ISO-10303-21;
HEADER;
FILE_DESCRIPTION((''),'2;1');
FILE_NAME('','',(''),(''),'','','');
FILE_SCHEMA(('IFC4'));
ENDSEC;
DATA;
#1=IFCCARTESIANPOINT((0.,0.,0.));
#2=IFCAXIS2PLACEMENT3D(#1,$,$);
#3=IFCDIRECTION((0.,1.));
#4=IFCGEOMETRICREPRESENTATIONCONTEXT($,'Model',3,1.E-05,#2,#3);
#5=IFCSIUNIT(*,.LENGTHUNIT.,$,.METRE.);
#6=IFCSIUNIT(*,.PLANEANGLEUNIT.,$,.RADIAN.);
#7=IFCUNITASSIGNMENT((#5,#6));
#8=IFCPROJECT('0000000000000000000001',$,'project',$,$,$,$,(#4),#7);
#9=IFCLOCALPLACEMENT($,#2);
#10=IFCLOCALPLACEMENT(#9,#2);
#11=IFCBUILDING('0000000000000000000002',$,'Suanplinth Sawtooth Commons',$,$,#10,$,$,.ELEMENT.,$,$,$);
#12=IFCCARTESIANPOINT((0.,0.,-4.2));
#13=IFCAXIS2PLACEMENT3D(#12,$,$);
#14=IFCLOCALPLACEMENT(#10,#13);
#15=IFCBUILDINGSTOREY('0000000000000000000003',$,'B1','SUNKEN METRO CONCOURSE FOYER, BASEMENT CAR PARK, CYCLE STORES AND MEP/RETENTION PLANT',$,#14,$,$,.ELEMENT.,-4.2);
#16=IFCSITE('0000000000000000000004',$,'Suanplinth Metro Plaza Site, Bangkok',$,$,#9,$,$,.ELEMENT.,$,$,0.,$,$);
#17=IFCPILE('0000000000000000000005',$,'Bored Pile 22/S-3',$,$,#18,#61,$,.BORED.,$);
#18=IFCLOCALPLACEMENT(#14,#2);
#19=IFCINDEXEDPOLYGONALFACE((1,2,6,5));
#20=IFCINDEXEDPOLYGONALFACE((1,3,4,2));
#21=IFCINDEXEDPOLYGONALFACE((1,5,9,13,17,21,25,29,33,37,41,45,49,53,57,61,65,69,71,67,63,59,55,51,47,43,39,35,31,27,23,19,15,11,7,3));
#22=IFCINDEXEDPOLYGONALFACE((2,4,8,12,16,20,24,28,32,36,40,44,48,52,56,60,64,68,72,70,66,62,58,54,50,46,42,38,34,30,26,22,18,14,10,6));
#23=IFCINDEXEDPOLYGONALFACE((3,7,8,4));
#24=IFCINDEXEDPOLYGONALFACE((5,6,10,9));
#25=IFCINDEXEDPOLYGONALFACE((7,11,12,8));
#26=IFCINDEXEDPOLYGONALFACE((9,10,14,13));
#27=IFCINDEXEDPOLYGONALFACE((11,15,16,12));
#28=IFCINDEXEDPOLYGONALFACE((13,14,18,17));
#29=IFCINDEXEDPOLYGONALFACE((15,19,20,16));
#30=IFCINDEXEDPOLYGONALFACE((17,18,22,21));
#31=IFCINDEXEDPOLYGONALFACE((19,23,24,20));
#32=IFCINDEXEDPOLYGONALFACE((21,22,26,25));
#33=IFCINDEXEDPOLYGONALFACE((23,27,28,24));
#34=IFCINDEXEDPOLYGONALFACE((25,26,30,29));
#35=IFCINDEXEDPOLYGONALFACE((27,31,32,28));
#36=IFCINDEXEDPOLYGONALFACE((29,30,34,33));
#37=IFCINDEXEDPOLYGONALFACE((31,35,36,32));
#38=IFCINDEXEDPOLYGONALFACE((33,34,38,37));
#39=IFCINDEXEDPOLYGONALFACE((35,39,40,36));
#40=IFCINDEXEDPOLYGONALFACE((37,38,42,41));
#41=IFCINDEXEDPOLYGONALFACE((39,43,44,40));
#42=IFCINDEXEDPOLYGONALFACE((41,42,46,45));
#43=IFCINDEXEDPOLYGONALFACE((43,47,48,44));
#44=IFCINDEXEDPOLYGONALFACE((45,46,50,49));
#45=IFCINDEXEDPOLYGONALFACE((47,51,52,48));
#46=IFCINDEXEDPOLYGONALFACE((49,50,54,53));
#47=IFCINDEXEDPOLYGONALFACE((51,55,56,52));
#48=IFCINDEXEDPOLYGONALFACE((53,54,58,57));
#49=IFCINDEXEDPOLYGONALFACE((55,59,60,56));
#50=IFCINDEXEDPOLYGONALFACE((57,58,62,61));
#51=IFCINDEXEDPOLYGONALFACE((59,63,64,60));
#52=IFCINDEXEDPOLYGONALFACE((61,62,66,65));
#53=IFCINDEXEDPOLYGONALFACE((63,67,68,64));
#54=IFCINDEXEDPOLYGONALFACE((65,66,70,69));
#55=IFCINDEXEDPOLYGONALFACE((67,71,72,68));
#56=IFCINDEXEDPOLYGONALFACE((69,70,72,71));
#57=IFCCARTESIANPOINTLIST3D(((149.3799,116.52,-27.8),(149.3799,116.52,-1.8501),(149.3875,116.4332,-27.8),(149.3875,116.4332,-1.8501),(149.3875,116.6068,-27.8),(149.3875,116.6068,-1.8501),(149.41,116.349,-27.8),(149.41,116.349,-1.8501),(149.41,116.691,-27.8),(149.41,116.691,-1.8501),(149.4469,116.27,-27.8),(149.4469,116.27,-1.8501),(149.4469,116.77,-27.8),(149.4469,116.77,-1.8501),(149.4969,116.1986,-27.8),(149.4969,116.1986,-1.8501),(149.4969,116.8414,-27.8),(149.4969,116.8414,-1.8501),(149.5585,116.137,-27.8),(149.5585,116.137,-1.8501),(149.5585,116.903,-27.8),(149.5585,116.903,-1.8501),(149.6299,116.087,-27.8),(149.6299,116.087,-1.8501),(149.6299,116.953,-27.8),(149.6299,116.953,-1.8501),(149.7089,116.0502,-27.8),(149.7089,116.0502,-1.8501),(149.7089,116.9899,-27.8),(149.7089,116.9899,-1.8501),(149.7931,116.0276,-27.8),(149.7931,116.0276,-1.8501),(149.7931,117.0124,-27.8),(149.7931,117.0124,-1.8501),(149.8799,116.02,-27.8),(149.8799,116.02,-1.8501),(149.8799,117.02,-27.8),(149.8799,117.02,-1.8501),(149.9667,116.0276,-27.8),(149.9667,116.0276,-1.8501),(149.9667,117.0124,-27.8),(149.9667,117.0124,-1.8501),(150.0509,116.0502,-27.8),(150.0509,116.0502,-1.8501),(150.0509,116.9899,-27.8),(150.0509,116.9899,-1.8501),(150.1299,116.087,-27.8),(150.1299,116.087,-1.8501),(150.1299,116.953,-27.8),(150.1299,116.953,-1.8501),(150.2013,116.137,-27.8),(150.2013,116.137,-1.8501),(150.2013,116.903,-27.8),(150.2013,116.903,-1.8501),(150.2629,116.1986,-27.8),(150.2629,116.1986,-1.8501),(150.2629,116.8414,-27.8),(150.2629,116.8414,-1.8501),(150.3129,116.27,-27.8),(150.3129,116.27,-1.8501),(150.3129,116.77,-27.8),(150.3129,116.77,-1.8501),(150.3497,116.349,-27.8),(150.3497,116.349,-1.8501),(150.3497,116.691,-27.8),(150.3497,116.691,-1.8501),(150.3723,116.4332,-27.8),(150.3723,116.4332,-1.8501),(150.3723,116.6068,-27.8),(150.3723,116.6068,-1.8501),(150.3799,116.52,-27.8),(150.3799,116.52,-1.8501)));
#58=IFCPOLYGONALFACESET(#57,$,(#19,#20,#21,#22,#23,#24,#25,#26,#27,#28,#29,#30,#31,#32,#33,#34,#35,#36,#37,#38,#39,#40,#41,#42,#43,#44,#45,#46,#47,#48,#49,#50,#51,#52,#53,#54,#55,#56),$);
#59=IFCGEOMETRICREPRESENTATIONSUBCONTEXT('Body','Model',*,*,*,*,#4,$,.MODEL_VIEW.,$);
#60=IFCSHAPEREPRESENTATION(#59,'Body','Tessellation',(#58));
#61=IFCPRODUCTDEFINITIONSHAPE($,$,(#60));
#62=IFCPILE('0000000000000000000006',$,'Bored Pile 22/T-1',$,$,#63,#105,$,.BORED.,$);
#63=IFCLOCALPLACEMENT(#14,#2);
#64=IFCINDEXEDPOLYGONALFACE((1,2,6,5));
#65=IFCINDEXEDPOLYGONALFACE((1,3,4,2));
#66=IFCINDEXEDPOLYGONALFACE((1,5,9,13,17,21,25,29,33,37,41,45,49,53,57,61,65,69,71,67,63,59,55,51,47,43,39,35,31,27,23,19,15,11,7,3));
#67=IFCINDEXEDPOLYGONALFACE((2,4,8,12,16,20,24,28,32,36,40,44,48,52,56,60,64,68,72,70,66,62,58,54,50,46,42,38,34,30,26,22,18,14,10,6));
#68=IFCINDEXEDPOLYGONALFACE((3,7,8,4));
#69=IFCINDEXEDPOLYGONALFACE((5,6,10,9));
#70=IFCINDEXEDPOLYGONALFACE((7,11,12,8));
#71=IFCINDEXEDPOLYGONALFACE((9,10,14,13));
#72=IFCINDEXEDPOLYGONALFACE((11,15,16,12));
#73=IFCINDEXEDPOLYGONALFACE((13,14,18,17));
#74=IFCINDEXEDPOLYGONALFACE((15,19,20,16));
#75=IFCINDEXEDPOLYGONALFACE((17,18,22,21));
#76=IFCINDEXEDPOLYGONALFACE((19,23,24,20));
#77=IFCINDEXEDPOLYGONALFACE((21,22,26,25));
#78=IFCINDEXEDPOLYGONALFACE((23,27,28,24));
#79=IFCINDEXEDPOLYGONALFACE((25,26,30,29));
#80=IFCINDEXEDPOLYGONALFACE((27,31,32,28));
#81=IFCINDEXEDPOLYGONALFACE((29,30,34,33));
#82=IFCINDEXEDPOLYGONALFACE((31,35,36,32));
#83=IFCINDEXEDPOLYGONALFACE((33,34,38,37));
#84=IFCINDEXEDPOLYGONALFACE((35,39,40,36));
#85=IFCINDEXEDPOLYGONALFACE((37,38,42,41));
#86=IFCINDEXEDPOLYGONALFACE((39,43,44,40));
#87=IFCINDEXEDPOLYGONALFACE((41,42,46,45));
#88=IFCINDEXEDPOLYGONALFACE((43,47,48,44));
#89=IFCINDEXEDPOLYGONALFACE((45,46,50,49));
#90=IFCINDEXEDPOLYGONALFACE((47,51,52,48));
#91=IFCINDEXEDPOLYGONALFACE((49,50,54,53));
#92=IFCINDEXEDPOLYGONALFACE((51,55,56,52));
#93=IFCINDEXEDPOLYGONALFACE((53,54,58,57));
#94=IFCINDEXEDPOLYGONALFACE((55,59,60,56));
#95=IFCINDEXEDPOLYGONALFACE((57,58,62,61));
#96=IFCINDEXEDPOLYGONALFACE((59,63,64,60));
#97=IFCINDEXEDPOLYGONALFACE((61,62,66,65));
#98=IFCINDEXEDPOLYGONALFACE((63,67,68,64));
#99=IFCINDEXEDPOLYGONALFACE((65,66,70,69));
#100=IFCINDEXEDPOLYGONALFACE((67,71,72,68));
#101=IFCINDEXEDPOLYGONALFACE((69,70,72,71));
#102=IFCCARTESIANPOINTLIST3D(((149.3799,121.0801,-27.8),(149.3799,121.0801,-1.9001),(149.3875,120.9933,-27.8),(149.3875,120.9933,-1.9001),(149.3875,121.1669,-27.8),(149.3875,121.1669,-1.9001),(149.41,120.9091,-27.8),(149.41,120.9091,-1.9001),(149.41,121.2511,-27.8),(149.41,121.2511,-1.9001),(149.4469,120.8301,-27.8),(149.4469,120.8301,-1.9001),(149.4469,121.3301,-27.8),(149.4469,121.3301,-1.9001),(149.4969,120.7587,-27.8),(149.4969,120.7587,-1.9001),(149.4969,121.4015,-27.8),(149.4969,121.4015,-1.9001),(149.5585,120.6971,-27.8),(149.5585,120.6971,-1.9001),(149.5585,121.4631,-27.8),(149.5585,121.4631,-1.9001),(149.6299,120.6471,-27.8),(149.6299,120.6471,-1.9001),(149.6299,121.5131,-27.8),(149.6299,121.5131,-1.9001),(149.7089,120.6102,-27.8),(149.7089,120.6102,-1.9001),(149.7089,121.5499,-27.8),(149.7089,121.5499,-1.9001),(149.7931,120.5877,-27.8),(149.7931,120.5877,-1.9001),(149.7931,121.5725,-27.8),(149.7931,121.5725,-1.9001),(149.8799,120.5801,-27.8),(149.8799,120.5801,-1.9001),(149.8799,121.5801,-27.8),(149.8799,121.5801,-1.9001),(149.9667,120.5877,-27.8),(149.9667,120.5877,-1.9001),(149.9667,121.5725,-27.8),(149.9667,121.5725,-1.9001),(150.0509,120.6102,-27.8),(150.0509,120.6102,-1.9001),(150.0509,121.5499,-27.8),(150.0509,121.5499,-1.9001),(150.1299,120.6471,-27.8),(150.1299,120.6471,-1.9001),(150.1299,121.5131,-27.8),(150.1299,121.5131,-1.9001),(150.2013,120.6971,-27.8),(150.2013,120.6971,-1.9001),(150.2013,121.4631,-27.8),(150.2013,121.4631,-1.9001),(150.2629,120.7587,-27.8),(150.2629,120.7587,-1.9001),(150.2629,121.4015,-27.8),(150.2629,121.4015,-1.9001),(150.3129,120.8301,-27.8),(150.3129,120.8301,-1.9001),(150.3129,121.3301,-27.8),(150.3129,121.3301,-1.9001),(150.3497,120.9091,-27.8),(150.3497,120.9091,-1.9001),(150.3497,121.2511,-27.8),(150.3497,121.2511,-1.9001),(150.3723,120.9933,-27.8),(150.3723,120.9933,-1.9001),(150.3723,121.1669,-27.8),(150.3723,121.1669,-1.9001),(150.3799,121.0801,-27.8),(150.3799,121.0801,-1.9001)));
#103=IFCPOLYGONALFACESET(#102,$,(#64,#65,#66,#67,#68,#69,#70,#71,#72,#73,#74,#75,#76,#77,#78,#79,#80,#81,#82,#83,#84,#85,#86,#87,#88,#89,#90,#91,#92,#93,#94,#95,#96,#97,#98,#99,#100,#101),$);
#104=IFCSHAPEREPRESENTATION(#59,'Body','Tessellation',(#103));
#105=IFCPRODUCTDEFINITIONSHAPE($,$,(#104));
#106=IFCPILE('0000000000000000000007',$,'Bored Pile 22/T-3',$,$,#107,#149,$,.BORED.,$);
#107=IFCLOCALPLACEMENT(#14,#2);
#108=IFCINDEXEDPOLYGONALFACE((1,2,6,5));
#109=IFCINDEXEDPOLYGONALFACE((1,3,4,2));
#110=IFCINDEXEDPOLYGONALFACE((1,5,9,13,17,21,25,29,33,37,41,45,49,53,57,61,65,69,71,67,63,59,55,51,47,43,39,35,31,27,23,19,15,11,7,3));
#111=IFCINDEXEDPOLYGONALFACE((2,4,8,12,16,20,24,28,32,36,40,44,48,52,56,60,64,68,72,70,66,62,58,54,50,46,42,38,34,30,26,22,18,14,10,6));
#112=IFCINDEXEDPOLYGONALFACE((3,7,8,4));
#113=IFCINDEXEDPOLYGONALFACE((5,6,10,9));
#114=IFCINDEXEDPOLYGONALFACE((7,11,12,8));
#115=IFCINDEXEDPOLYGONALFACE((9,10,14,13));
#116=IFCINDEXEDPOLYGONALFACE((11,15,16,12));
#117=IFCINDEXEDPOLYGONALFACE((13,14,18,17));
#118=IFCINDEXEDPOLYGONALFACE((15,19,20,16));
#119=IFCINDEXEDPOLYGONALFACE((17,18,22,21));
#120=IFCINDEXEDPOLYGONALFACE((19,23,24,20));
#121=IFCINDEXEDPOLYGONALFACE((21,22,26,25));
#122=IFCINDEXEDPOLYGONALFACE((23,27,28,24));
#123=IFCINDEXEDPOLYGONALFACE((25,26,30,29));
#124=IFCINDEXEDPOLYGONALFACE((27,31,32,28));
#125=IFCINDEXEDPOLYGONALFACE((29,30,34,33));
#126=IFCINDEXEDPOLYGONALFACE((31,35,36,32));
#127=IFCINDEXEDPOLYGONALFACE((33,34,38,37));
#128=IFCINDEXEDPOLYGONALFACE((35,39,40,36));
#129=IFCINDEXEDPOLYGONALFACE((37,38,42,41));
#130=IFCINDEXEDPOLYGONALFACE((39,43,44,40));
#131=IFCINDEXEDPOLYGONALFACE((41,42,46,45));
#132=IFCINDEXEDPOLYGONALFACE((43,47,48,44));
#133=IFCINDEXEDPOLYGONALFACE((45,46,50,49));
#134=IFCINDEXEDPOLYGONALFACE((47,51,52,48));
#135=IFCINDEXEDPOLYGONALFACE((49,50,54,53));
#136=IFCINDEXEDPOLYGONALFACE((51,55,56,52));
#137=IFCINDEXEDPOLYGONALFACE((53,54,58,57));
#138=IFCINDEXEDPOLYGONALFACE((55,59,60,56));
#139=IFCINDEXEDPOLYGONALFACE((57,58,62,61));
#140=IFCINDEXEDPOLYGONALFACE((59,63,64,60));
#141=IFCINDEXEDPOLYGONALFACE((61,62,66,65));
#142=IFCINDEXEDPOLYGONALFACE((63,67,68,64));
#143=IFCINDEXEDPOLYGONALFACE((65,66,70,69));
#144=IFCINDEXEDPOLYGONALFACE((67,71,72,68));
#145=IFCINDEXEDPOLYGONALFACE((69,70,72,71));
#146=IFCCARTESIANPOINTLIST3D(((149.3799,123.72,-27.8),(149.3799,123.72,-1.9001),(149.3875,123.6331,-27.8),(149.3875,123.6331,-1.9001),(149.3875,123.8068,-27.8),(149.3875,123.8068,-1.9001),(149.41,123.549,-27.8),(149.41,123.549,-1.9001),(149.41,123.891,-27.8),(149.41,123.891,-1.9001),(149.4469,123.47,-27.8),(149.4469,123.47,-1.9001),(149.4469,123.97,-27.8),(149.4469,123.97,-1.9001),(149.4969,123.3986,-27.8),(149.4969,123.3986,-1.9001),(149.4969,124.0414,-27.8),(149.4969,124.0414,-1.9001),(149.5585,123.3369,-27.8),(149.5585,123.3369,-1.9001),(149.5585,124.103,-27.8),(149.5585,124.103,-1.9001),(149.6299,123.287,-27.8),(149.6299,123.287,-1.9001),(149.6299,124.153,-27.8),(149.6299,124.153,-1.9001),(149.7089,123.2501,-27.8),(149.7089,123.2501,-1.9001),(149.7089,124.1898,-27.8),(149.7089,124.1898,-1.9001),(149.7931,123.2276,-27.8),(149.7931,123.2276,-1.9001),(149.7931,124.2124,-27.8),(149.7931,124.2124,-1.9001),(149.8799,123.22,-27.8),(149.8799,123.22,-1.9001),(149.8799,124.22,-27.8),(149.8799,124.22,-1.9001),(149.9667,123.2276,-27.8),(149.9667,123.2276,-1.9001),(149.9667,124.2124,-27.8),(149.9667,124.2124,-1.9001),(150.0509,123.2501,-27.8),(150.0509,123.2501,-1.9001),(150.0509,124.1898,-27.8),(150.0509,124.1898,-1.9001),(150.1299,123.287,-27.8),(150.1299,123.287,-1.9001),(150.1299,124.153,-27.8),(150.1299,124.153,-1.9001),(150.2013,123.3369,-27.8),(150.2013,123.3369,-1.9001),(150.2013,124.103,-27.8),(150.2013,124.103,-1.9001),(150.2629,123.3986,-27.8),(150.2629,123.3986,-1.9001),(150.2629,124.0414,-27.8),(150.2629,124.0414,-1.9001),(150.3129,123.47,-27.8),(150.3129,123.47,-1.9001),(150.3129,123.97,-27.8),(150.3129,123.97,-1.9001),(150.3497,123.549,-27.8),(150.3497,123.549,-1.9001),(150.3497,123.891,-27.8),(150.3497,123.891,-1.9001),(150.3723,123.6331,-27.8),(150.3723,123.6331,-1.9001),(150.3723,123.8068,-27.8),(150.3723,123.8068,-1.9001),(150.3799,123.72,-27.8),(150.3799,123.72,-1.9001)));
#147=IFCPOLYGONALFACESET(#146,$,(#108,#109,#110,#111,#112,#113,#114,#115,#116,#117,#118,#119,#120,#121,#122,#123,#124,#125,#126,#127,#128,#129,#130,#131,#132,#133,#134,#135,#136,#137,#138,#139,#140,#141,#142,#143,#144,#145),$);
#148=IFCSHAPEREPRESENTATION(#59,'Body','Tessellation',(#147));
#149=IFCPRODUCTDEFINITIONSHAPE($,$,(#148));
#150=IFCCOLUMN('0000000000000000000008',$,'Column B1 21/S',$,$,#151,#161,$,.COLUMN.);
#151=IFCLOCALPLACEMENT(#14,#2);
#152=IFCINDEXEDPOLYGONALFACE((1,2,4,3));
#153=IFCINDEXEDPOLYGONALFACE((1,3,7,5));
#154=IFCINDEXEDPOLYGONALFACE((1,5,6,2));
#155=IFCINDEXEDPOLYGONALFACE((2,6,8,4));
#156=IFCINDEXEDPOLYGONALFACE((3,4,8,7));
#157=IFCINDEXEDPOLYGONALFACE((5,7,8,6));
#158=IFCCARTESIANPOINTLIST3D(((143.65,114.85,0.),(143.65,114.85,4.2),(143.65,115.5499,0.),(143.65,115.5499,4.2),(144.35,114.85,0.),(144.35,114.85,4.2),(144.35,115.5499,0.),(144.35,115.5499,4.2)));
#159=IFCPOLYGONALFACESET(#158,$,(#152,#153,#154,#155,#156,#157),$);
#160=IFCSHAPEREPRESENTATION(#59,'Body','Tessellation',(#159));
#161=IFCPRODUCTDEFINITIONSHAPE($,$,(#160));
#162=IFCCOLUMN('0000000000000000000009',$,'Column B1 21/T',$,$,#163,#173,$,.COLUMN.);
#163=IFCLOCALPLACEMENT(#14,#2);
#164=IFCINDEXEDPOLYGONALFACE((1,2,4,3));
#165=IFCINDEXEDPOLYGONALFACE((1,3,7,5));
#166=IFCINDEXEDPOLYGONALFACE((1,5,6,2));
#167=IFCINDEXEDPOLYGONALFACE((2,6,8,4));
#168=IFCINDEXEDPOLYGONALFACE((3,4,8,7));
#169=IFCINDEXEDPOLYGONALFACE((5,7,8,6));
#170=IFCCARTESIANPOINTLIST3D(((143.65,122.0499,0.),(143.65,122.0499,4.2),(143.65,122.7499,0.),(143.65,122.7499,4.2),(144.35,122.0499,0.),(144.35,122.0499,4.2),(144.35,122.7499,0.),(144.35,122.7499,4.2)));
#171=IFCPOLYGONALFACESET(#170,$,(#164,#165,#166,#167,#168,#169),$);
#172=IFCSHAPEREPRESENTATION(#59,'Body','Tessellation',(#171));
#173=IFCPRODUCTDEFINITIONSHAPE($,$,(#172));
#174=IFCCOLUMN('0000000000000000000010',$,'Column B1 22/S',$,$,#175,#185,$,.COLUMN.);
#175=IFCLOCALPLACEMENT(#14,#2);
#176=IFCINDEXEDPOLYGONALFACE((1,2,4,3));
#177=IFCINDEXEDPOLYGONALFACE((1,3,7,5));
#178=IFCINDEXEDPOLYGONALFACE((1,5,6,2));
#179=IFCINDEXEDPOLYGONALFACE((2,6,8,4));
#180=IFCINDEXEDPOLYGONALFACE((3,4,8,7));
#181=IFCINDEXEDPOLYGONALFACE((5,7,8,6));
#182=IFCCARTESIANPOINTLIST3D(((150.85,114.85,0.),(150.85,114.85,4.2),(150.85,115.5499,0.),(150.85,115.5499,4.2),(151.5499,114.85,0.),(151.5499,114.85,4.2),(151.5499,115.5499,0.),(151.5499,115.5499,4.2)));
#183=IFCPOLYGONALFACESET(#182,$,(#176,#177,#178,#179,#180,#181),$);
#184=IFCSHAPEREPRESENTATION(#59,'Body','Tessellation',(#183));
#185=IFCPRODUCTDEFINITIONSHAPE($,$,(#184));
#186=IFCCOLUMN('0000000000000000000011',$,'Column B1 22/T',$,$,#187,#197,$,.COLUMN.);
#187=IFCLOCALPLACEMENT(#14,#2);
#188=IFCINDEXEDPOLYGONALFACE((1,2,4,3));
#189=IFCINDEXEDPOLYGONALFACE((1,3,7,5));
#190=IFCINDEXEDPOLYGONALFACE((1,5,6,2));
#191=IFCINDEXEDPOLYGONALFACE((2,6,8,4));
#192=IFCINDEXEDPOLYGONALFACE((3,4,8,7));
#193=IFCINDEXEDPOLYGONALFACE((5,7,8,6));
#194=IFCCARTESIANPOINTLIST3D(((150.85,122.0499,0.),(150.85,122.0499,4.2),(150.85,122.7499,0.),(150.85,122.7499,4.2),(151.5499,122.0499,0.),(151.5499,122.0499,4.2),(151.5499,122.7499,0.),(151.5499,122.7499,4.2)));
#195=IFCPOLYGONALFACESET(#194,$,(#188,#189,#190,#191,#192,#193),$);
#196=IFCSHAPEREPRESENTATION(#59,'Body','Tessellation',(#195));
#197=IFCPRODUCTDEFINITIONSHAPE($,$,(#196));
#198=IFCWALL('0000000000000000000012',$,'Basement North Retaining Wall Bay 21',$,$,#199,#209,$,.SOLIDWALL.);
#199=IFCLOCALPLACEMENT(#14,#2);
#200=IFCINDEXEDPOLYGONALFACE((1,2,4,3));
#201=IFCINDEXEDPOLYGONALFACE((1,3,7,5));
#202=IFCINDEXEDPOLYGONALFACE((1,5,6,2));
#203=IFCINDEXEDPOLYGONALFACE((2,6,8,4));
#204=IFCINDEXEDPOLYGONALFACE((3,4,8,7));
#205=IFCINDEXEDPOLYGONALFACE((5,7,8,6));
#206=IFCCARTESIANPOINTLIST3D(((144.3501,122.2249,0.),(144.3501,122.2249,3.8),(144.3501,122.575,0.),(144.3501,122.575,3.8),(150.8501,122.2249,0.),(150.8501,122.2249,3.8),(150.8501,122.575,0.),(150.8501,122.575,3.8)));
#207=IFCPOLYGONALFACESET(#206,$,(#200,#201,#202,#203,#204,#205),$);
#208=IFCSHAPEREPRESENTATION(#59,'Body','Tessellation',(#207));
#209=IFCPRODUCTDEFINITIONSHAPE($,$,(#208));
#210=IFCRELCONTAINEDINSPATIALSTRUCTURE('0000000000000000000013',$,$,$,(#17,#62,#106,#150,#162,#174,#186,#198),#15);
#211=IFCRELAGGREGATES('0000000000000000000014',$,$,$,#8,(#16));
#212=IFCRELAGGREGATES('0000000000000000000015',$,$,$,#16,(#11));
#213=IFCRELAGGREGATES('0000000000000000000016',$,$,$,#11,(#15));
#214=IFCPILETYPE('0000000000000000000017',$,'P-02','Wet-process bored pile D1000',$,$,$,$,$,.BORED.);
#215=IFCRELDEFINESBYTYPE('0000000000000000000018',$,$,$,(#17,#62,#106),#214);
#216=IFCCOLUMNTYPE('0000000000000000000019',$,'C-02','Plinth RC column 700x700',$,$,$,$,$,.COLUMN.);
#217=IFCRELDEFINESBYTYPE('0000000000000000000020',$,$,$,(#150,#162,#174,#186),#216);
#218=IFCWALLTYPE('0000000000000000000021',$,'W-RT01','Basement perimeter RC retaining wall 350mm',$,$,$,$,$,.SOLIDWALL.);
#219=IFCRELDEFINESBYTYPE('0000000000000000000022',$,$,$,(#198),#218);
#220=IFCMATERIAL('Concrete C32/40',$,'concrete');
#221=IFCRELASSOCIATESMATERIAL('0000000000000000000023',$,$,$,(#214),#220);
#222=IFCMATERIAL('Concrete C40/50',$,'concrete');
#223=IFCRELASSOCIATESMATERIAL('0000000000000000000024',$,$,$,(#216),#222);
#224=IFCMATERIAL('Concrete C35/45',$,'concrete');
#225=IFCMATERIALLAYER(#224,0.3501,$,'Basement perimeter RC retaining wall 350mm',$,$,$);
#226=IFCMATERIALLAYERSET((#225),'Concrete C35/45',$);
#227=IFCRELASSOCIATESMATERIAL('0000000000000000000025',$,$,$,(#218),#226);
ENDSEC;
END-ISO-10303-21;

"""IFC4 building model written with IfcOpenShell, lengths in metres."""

from ifc_helpers import new_model, si_unit, direction, frame, frame_2d, origin, origin_2d, place, context, subcontext, project, spatial, rectangle, circle, extrude, material, layer, layer_set, material_profile, profile_set, type_object, element, save


model = new_model("IFC4")

# Units and contexts
model_context = context("Model", 3, precision=1e-05, world=origin(), true_north=direction((0.0, 1.0)))
body_context = subcontext(model_context, "Body", "Model", "MODEL_VIEW")
ifc_project = project(units=[si_unit("LENGTHUNIT", "METRE"), si_unit("PLANEANGLEUNIT", "RADIAN")], contexts=[model_context])

# Site, building, storey
site_placement = place(None, origin())
site = spatial("IfcSite", under=ifc_project, at=site_placement, Name="Suanplinth Metro Plaza Site, Bangkok", CompositionType="ELEMENT", RefElevation=0.0)
building_placement = place(site_placement, origin())
building = spatial("IfcBuilding", under=site, at=building_placement, Name="Suanplinth Sawtooth Commons", CompositionType="ELEMENT")
storey_placement = place(building_placement, frame((0.0, 0.0, -4.2)))
storey = spatial("IfcBuildingStorey", under=building, at=storey_placement, Name="B1", Description="SUNKEN METRO CONCOURSE FOYER, BASEMENT CAR PARK, CYCLE STORES AND MEP/RETENTION PLANT", CompositionType="ELEMENT", Elevation=-4.2)

# Shared definitions
ifc_material_1 = material(Name="Concrete C35/45", Category="concrete")

# Piles
ifc_material_2 = material(Name="Concrete C32/40", Category="concrete")
ifc_material_profile_1 = material_profile(ifc_material_2, circle(Radius=0.5, at=origin_2d()), Name="PILE D1000")
ifc_profile_set_1 = profile_set([ifc_material_profile_1], Name="Concrete C32/40")
pile_type = type_object("IfcPileType", Name="P-02", Description="Wet-process bored pile D1000", PredefinedType="BORED", material=ifc_profile_set_1)
for number, where, z_axis, x_axis, name in (
    (1, (149.8799, 116.52, -1.8501), (0.0, 0.0, -1.0), (1.0, 0.0, 0.0), "Bored Pile 22/S-3"),
):
    element("IfcPile", number, at=place(storey_placement, frame(where, z_axis=z_axis, x_axis=x_axis)), inside=storey, type_object=pile_type, Name=name, PredefinedType="BORED", context=body_context, shape_type="SweptSolid", body=[
        extrude(circle(Radius=0.5, at=origin_2d()), origin(), (0.0, 0.0, 1.0), 25.95),
    ])
for number, where, z_axis, x_axis, name in (
    (2, (149.8799, 121.0801, -1.9001), (0.0, 0.0, -1.0), (1.0, 0.0, 0.0), "Bored Pile 22/T-1"),
    (3, (149.8799, 123.72, -1.9001), (0.0, 0.0, -1.0), (1.0, 0.0, 0.0), "Bored Pile 22/T-3"),
):
    element("IfcPile", number, at=place(storey_placement, frame(where, z_axis=z_axis, x_axis=x_axis)), inside=storey, type_object=pile_type, Name=name, PredefinedType="BORED", context=body_context, shape_type="SweptSolid", body=[
        extrude(circle(Radius=0.5, at=origin_2d()), origin(), (0.0, 0.0, 1.0), 25.8999),
    ])

# Columns
ifc_material_3 = material(Name="Concrete C40/50", Category="concrete")
ifc_material_profile_2 = material_profile(ifc_material_3, rectangle(XDim=0.7, YDim=0.7, at=origin_2d()), Name="RC-COL 700x700")
ifc_profile_set_2 = profile_set([ifc_material_profile_2], Name="Concrete C40/50")
column_type = type_object("IfcColumnType", Name="C-02", Description="Plinth RC column 700x700", PredefinedType="COLUMN", material=ifc_profile_set_2)
for number, where, z_axis, x_axis, name in (
    (4, (144.0, 115.2, 0.0), (0.0, 0.0, 1.0), (1.0, 0.0, 0.0), "Column B1 21/S"),
    (5, (144.0, 122.3999, 0.0), (0.0, 0.0, 1.0), (1.0, 0.0, 0.0), "Column B1 21/T"),
    (6, (151.2, 115.2, 0.0), (0.0, 0.0, 1.0), (1.0, 0.0, 0.0), "Column B1 22/S"),
    (7, (151.2, 122.3999, 0.0), (0.0, 0.0, 1.0), (1.0, 0.0, 0.0), "Column B1 22/T"),
):
    element("IfcColumn", number, at=place(storey_placement, frame(where, z_axis=z_axis, x_axis=x_axis)), inside=storey, type_object=column_type, Name=name, PredefinedType="COLUMN", context=body_context, shape_type="SweptSolid", body=[
        extrude(rectangle(XDim=0.7, YDim=0.7, at=origin_2d()), origin(), (0.0, 0.0, 1.0), 4.2),
    ])

# Wall
ifc_layer = layer(ifc_material_1, 0.3501, Name="Basement perimeter RC retaining wall 350mm")
ifc_layer_set = layer_set([ifc_layer], Name="Concrete C35/45")
wall_type = type_object("IfcWallType", Name="W-RT01", Description="Basement perimeter RC retaining wall 350mm", PredefinedType="SOLIDWALL", material=ifc_layer_set)
for number, where, z_axis, x_axis, name in (
    (8, (144.3501, 122.3999, 0.0), (0.0, 0.0, 1.0), (1.0, 0.0, 0.0), "Basement North Retaining Wall Bay 21"),
):
    element("IfcWall", number, at=place(storey_placement, frame(where, z_axis=z_axis, x_axis=x_axis)), inside=storey, type_object=wall_type, Name=name, PredefinedType="SOLIDWALL", context=body_context, shape_type="SweptSolid", body=[
        extrude(rectangle(XDim=6.5, YDim=0.3501, at=frame_2d((3.25, 0.0))), origin(), (0.0, 0.0, 1.0), 3.8),
    ])

save(model, "model.ifc")
